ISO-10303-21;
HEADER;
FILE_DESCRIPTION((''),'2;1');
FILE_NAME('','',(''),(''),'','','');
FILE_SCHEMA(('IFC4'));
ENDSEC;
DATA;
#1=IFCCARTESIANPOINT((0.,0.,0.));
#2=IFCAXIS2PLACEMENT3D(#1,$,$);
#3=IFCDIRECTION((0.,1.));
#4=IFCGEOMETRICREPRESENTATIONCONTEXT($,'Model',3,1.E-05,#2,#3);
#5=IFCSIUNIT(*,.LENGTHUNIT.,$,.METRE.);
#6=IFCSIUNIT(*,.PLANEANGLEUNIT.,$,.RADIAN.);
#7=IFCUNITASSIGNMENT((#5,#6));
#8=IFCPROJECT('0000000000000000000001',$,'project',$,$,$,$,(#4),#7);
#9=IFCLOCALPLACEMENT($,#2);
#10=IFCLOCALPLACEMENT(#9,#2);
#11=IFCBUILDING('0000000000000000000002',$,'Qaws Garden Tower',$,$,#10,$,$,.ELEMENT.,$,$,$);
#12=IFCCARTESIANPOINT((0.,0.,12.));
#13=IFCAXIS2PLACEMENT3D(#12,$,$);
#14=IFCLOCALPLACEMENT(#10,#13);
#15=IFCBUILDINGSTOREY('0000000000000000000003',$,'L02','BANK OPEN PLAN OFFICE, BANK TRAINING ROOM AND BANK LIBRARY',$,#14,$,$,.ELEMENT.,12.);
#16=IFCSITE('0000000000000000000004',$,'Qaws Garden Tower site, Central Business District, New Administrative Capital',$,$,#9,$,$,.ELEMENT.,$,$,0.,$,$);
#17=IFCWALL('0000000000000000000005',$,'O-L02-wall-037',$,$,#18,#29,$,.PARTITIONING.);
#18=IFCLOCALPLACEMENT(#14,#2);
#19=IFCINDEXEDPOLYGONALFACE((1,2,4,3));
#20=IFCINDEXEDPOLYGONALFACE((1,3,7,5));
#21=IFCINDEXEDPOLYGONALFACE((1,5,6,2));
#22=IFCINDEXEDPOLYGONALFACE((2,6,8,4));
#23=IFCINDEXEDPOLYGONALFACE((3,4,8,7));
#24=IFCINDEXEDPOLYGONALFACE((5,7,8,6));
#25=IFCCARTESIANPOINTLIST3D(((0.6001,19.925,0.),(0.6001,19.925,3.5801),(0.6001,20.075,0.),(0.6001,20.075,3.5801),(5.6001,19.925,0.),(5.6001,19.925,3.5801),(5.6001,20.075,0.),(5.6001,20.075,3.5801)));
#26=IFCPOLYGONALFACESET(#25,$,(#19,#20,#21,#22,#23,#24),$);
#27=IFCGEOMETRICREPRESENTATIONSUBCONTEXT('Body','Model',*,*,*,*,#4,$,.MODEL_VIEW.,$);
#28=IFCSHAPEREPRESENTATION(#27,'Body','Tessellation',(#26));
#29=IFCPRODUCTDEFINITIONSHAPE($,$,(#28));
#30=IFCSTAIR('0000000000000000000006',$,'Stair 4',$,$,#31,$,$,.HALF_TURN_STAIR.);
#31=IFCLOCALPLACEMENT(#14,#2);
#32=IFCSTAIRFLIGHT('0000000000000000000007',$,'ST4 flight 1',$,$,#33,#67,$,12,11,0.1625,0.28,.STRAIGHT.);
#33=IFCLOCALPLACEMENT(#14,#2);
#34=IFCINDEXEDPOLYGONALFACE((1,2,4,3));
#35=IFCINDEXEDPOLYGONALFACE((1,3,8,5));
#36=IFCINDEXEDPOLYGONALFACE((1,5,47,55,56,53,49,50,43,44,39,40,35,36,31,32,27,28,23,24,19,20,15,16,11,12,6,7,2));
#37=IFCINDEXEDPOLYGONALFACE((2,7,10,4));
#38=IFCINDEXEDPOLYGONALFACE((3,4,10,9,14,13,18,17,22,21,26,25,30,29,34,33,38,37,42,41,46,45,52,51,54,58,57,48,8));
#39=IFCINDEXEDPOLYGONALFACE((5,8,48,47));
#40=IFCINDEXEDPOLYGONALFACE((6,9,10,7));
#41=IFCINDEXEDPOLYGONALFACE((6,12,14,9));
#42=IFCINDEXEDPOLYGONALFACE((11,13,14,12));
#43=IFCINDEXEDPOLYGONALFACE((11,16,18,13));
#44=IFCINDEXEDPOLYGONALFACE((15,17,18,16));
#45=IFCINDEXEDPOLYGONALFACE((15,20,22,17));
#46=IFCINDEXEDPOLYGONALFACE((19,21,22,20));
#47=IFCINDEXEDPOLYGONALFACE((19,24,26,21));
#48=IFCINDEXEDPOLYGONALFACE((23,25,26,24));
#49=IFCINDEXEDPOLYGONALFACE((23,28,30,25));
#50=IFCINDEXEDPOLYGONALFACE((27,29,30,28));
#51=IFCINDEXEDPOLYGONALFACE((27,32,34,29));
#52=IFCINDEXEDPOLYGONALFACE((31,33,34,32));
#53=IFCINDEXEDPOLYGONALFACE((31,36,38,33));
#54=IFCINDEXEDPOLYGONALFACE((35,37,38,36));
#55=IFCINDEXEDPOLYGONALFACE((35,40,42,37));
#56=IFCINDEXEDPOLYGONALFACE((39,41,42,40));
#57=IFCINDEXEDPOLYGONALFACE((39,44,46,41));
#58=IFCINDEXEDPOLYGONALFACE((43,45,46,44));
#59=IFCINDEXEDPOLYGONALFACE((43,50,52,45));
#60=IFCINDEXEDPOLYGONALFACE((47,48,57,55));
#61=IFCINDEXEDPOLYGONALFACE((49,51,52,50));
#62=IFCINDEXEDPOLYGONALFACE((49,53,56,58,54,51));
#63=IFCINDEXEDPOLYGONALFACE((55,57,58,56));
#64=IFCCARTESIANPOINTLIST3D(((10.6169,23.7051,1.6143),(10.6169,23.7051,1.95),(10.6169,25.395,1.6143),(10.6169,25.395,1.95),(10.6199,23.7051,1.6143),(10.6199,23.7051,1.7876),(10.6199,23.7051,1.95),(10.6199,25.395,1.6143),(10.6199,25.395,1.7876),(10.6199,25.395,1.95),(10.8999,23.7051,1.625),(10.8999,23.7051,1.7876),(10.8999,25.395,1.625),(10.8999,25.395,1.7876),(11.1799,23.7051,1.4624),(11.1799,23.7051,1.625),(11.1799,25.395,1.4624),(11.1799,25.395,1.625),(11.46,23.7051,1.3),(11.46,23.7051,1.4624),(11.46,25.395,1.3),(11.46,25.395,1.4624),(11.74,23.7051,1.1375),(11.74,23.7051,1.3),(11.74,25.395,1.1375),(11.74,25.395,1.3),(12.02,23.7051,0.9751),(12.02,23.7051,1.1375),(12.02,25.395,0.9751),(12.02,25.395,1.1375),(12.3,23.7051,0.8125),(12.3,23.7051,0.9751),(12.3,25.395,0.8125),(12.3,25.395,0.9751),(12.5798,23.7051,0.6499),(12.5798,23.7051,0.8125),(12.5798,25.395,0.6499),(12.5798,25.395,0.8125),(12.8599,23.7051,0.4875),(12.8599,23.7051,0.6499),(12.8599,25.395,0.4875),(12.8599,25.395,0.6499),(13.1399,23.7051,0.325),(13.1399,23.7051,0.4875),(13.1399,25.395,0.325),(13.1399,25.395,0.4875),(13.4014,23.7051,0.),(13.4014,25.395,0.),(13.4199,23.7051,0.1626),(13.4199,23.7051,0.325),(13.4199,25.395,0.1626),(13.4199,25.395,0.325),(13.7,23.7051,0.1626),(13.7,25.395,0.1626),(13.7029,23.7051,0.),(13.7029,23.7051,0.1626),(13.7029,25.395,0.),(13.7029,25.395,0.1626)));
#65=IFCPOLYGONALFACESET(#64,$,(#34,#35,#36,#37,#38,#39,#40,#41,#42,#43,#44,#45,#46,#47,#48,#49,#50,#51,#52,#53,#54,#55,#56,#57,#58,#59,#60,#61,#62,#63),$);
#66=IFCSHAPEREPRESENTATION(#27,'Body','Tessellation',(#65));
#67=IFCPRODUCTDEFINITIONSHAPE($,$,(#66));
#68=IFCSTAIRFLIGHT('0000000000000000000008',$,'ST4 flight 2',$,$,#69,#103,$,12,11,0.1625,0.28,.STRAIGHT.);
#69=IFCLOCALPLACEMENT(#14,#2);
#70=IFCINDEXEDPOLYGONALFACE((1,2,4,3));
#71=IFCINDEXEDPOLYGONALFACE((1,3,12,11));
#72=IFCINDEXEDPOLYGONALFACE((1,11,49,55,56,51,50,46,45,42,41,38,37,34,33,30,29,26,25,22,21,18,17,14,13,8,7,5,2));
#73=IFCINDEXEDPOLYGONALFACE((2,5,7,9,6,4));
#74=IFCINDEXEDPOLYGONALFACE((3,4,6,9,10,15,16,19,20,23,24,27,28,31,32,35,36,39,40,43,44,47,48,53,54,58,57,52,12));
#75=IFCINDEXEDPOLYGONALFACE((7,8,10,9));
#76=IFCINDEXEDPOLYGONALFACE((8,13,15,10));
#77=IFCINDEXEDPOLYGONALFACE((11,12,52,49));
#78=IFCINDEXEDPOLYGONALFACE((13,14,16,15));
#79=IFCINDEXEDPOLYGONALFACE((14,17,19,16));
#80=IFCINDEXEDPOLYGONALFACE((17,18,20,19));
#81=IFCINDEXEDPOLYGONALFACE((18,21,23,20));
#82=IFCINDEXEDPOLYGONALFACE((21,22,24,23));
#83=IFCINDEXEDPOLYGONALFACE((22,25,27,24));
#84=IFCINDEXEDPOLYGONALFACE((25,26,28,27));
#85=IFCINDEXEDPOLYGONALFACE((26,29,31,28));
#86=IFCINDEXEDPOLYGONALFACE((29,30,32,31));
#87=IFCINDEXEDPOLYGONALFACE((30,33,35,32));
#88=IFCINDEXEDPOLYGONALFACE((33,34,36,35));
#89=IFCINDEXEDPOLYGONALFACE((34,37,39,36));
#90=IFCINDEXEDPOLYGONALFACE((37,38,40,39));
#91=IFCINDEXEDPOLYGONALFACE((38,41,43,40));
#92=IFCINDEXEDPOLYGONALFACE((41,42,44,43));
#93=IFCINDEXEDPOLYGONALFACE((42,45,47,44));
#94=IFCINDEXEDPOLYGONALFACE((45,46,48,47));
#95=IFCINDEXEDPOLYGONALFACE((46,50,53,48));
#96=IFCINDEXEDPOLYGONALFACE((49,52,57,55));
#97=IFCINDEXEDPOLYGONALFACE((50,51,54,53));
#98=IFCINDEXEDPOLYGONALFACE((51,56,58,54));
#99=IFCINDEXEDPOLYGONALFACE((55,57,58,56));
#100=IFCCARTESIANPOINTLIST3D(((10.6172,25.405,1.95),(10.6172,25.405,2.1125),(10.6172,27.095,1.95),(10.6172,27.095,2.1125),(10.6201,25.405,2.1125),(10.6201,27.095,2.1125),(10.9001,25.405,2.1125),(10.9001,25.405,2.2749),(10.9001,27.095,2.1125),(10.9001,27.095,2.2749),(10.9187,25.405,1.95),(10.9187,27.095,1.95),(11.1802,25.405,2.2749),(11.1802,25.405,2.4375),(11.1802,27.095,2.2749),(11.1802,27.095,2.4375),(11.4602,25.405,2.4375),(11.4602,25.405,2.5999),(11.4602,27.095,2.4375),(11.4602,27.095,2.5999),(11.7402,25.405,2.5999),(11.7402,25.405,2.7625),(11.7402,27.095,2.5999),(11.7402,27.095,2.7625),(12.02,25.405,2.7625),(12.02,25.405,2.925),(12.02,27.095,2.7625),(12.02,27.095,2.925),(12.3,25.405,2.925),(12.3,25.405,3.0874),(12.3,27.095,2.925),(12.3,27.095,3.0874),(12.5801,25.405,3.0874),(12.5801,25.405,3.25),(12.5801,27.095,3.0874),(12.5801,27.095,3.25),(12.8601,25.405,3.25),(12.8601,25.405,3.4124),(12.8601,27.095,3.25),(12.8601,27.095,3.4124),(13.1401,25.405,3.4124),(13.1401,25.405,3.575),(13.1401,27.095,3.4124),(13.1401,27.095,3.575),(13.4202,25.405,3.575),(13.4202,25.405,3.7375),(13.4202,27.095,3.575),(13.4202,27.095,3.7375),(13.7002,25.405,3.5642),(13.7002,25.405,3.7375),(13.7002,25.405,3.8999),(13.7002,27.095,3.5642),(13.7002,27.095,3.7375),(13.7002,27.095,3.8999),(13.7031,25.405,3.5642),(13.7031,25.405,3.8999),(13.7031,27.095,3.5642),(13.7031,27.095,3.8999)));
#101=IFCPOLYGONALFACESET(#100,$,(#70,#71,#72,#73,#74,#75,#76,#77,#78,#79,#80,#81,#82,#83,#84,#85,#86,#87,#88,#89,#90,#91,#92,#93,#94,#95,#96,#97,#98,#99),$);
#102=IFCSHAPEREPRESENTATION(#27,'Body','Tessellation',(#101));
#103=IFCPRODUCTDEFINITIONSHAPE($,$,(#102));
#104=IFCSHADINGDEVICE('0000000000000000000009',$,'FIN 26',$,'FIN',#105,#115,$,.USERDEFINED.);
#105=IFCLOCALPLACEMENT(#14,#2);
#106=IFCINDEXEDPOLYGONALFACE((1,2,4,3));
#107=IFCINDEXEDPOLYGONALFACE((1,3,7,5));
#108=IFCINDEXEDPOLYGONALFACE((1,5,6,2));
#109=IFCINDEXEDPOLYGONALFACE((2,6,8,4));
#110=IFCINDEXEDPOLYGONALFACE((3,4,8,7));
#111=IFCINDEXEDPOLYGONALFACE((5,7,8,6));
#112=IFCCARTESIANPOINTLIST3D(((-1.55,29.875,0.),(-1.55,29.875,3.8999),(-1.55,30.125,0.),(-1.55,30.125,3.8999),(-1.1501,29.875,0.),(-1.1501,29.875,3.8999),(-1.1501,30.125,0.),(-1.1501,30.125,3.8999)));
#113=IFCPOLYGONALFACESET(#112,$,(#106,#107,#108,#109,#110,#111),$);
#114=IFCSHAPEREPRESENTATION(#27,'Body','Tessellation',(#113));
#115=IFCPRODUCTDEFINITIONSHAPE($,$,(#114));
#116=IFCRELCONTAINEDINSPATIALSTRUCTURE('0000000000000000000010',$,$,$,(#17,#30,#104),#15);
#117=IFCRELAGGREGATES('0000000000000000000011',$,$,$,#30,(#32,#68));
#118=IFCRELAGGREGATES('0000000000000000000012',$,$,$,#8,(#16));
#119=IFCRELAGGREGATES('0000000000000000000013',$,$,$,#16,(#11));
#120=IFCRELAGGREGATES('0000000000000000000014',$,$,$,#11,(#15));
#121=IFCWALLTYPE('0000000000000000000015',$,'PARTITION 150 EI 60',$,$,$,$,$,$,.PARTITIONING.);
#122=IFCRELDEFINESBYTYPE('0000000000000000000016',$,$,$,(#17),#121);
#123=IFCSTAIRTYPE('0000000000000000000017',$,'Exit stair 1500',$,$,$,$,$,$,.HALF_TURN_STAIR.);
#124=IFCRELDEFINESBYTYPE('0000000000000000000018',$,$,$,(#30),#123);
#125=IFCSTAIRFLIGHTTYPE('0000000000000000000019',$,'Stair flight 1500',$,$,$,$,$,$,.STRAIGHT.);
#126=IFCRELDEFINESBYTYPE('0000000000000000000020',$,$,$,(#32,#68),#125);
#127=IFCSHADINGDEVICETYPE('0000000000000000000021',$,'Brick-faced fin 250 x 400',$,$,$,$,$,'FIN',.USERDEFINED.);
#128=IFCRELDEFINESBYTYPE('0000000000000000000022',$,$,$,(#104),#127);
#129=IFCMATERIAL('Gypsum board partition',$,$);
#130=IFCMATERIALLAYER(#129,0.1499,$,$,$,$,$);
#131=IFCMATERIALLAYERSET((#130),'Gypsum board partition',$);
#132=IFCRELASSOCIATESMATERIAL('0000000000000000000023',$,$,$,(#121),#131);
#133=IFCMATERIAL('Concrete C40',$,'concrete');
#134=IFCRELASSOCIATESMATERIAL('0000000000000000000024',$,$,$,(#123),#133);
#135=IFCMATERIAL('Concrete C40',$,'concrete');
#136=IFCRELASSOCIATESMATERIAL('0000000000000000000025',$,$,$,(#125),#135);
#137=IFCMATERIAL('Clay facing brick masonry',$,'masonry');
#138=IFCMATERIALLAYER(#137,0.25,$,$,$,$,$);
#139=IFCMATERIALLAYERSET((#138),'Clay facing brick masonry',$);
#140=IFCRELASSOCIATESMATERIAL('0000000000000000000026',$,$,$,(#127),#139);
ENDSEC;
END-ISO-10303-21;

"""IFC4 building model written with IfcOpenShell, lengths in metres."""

from ifc_helpers import new_model, si_unit, direction, frame, frame_2d, origin, origin_2d, place, context, subcontext, project, spatial, polyline, rectangle, outline, extrude, material, layer, layer_set, type_object, element, aggregate, save


model = new_model("IFC4")

# Units and contexts
model_context = context("Model", 3, precision=1e-05, world=origin(), true_north=direction((0.0, 1.0)))
body_context = subcontext(model_context, "Body", "Model", "MODEL_VIEW")
ifc_project = project(units=[si_unit("LENGTHUNIT", "METRE"), si_unit("PLANEANGLEUNIT", "RADIAN")], contexts=[model_context])

# Site, building, storey
site_placement = place(None, origin())
site = spatial("IfcSite", under=ifc_project, at=site_placement, Name="Qaws Garden Tower site, Central Business District, New Administrative Capital", CompositionType="ELEMENT", RefElevation=0.0)
building_placement = place(site_placement, origin())
building = spatial("IfcBuilding", under=site, at=building_placement, Name="Qaws Garden Tower", CompositionType="ELEMENT")
storey_placement = place(building_placement, frame((0.0, 0.0, 12.0)))
storey = spatial("IfcBuildingStorey", under=building, at=storey_placement, Name="L02", Description="BANK OPEN PLAN OFFICE, BANK TRAINING ROOM AND BANK LIBRARY", CompositionType="ELEMENT", Elevation=12.0)

# Wall
ifc_material_1 = material(Name="Gypsum board partition")
ifc_layer_1 = layer(ifc_material_1, 0.1499)
ifc_layer_set_1 = layer_set([ifc_layer_1], Name="Gypsum board partition")
wall_type_1 = type_object("IfcWallType", Name="PARTITION 150 EI 60", PredefinedType="PARTITIONING", material=ifc_layer_set_1)
wall_1_placement = place(storey_placement, frame((0.6001, 20.0, 0.0), z_axis=(0.0, 0.0, 1.0), x_axis=(1.0, 0.0, 0.0)))
element("IfcWall", 1, at=wall_1_placement, inside=storey, type_object=wall_type_1, Name="O-L02-wall-037", PredefinedType="PARTITIONING", context=body_context, shape_type="SweptSolid", body=[
    extrude(rectangle(XDim=5.0, YDim=0.1499, at=frame_2d((2.5, 0.0))), origin(), (0.0, 0.0, 1.0), 3.5801),
])

# Stair, stair flights
ifc_material_2 = material(Name="Concrete C40", Category="concrete")
stair_type = type_object("IfcStairType", Name="Exit stair 1500", PredefinedType="HALF_TURN_STAIR", material=ifc_material_2)
stair_placement = place(storey_placement, origin())
stair = element("IfcStair", 2, at=stair_placement, inside=storey, type_object=stair_type, Name="Stair 4", PredefinedType="HALF_TURN_STAIR")
ifc_material_3 = material(Name="Concrete C40", Category="concrete")
stair_flight_type = type_object("IfcStairFlightType", Name="Stair flight 1500", PredefinedType="STRAIGHT", material=ifc_material_3)
stair_flight_1_placement = place(storey_placement, frame((13.7, 24.55, 0.0), z_axis=(0.0, 0.0, 1.0), x_axis=(-1.0, 0.0, 0.0)))
stair_flight_1 = element("IfcStairFlight", 3, at=stair_flight_1_placement, type_object=stair_flight_type, Name="ST4 flight 1", NumberOfRisers=12, NumberOfTreads=11, PredefinedType="STRAIGHT", RiserHeight=0.1625, TreadLength=0.28, context=body_context, shape_type="SweptSolid", body=[
    extrude(outline(polyline([(-0.0029, 0.0), (-0.0029, 0.1626), (0.0, 0.1626), (0.28, 0.1626), (0.28, 0.325), (0.5601, 0.325), (0.5601, 0.4875), (0.8401, 0.4875), (0.8401, 0.6499), (1.1201, 0.6499), (1.1201, 0.8125), (1.3999, 0.8125), (1.3999, 0.9751), (1.6799, 0.9751), (1.6799, 1.1375), (1.96, 1.1375), (1.96, 1.3), (2.24, 1.3), (2.24, 1.4624), (2.52, 1.4624), (2.52, 1.625), (2.8, 1.625), (2.8, 1.7876), (3.0801, 1.7876), (3.0801, 1.95), (3.083, 1.95), (3.083, 1.6143), (3.0801, 1.6143), (0.2986, 0.0), (-0.0029, 0.0)])), frame((0.0, 0.845, 0.0), z_axis=(0.0, -1.0, 0.0), x_axis=(1.0, 0.0, 0.0)), (0.0, 0.0, 1.0), 1.6899),
])
stair_flight_2_placement = place(storey_placement, frame((10.6201, 26.25, 1.95), z_axis=(0.0, 0.0, 1.0), x_axis=(1.0, 0.0, 0.0)))
stair_flight_2 = element("IfcStairFlight", 4, at=stair_flight_2_placement, type_object=stair_flight_type, Name="ST4 flight 2", NumberOfRisers=12, NumberOfTreads=11, PredefinedType="STRAIGHT", RiserHeight=0.1625, TreadLength=0.28, context=body_context, shape_type="SweptSolid", body=[
    extrude(outline(polyline([(-0.0029, 0.0), (-0.0029, 0.1626), (0.0, 0.1626), (0.28, 0.1626), (0.28, 0.325), (0.5601, 0.325), (0.5601, 0.4875), (0.8401, 0.4875), (0.8401, 0.6499), (1.1201, 0.6499), (1.1201, 0.8125), (1.3999, 0.8125), (1.3999, 0.9751), (1.6799, 0.9751), (1.6799, 1.1375), (1.96, 1.1375), (1.96, 1.3), (2.24, 1.3), (2.24, 1.4624), (2.52, 1.4624), (2.52, 1.625), (2.8, 1.625), (2.8, 1.7876), (3.0801, 1.7876), (3.0801, 1.95), (3.083, 1.95), (3.083, 1.6143), (3.0801, 1.6143), (0.2986, 0.0), (-0.0029, 0.0)])), frame((0.0, 0.845, 0.0), z_axis=(0.0, -1.0, 0.0), x_axis=(1.0, 0.0, 0.0)), (0.0, 0.0, 1.0), 1.6899),
])
aggregate(stair, [stair_flight_1, stair_flight_2])

# Shading device
ifc_material_4 = material(Name="Clay facing brick masonry", Category="masonry")
ifc_layer_2 = layer(ifc_material_4, 0.25)
ifc_layer_set_2 = layer_set([ifc_layer_2], Name="Clay facing brick masonry")
shading_device_type = type_object("IfcShadingDeviceType", Name="Brick-faced fin 250 x 400", ElementType="FIN", PredefinedType="USERDEFINED", material=ifc_layer_set_2)
shading_device_placement = place(storey_placement, frame((-1.3501, 30.0, 0.0), z_axis=(0.0, 0.0, 1.0), x_axis=(0.0, -1.0, 0.0)))
element("IfcShadingDevice", 5, at=shading_device_placement, inside=storey, type_object=shading_device_type, Name="FIN 26", ObjectType="FIN", PredefinedType="USERDEFINED", context=body_context, shape_type="SweptSolid", body=[
    extrude(rectangle(XDim=0.25, YDim=0.3999, at=origin_2d()), origin(), (0.0, 0.0, 1.0), 3.8999),
])

save(model, "model.ifc")
